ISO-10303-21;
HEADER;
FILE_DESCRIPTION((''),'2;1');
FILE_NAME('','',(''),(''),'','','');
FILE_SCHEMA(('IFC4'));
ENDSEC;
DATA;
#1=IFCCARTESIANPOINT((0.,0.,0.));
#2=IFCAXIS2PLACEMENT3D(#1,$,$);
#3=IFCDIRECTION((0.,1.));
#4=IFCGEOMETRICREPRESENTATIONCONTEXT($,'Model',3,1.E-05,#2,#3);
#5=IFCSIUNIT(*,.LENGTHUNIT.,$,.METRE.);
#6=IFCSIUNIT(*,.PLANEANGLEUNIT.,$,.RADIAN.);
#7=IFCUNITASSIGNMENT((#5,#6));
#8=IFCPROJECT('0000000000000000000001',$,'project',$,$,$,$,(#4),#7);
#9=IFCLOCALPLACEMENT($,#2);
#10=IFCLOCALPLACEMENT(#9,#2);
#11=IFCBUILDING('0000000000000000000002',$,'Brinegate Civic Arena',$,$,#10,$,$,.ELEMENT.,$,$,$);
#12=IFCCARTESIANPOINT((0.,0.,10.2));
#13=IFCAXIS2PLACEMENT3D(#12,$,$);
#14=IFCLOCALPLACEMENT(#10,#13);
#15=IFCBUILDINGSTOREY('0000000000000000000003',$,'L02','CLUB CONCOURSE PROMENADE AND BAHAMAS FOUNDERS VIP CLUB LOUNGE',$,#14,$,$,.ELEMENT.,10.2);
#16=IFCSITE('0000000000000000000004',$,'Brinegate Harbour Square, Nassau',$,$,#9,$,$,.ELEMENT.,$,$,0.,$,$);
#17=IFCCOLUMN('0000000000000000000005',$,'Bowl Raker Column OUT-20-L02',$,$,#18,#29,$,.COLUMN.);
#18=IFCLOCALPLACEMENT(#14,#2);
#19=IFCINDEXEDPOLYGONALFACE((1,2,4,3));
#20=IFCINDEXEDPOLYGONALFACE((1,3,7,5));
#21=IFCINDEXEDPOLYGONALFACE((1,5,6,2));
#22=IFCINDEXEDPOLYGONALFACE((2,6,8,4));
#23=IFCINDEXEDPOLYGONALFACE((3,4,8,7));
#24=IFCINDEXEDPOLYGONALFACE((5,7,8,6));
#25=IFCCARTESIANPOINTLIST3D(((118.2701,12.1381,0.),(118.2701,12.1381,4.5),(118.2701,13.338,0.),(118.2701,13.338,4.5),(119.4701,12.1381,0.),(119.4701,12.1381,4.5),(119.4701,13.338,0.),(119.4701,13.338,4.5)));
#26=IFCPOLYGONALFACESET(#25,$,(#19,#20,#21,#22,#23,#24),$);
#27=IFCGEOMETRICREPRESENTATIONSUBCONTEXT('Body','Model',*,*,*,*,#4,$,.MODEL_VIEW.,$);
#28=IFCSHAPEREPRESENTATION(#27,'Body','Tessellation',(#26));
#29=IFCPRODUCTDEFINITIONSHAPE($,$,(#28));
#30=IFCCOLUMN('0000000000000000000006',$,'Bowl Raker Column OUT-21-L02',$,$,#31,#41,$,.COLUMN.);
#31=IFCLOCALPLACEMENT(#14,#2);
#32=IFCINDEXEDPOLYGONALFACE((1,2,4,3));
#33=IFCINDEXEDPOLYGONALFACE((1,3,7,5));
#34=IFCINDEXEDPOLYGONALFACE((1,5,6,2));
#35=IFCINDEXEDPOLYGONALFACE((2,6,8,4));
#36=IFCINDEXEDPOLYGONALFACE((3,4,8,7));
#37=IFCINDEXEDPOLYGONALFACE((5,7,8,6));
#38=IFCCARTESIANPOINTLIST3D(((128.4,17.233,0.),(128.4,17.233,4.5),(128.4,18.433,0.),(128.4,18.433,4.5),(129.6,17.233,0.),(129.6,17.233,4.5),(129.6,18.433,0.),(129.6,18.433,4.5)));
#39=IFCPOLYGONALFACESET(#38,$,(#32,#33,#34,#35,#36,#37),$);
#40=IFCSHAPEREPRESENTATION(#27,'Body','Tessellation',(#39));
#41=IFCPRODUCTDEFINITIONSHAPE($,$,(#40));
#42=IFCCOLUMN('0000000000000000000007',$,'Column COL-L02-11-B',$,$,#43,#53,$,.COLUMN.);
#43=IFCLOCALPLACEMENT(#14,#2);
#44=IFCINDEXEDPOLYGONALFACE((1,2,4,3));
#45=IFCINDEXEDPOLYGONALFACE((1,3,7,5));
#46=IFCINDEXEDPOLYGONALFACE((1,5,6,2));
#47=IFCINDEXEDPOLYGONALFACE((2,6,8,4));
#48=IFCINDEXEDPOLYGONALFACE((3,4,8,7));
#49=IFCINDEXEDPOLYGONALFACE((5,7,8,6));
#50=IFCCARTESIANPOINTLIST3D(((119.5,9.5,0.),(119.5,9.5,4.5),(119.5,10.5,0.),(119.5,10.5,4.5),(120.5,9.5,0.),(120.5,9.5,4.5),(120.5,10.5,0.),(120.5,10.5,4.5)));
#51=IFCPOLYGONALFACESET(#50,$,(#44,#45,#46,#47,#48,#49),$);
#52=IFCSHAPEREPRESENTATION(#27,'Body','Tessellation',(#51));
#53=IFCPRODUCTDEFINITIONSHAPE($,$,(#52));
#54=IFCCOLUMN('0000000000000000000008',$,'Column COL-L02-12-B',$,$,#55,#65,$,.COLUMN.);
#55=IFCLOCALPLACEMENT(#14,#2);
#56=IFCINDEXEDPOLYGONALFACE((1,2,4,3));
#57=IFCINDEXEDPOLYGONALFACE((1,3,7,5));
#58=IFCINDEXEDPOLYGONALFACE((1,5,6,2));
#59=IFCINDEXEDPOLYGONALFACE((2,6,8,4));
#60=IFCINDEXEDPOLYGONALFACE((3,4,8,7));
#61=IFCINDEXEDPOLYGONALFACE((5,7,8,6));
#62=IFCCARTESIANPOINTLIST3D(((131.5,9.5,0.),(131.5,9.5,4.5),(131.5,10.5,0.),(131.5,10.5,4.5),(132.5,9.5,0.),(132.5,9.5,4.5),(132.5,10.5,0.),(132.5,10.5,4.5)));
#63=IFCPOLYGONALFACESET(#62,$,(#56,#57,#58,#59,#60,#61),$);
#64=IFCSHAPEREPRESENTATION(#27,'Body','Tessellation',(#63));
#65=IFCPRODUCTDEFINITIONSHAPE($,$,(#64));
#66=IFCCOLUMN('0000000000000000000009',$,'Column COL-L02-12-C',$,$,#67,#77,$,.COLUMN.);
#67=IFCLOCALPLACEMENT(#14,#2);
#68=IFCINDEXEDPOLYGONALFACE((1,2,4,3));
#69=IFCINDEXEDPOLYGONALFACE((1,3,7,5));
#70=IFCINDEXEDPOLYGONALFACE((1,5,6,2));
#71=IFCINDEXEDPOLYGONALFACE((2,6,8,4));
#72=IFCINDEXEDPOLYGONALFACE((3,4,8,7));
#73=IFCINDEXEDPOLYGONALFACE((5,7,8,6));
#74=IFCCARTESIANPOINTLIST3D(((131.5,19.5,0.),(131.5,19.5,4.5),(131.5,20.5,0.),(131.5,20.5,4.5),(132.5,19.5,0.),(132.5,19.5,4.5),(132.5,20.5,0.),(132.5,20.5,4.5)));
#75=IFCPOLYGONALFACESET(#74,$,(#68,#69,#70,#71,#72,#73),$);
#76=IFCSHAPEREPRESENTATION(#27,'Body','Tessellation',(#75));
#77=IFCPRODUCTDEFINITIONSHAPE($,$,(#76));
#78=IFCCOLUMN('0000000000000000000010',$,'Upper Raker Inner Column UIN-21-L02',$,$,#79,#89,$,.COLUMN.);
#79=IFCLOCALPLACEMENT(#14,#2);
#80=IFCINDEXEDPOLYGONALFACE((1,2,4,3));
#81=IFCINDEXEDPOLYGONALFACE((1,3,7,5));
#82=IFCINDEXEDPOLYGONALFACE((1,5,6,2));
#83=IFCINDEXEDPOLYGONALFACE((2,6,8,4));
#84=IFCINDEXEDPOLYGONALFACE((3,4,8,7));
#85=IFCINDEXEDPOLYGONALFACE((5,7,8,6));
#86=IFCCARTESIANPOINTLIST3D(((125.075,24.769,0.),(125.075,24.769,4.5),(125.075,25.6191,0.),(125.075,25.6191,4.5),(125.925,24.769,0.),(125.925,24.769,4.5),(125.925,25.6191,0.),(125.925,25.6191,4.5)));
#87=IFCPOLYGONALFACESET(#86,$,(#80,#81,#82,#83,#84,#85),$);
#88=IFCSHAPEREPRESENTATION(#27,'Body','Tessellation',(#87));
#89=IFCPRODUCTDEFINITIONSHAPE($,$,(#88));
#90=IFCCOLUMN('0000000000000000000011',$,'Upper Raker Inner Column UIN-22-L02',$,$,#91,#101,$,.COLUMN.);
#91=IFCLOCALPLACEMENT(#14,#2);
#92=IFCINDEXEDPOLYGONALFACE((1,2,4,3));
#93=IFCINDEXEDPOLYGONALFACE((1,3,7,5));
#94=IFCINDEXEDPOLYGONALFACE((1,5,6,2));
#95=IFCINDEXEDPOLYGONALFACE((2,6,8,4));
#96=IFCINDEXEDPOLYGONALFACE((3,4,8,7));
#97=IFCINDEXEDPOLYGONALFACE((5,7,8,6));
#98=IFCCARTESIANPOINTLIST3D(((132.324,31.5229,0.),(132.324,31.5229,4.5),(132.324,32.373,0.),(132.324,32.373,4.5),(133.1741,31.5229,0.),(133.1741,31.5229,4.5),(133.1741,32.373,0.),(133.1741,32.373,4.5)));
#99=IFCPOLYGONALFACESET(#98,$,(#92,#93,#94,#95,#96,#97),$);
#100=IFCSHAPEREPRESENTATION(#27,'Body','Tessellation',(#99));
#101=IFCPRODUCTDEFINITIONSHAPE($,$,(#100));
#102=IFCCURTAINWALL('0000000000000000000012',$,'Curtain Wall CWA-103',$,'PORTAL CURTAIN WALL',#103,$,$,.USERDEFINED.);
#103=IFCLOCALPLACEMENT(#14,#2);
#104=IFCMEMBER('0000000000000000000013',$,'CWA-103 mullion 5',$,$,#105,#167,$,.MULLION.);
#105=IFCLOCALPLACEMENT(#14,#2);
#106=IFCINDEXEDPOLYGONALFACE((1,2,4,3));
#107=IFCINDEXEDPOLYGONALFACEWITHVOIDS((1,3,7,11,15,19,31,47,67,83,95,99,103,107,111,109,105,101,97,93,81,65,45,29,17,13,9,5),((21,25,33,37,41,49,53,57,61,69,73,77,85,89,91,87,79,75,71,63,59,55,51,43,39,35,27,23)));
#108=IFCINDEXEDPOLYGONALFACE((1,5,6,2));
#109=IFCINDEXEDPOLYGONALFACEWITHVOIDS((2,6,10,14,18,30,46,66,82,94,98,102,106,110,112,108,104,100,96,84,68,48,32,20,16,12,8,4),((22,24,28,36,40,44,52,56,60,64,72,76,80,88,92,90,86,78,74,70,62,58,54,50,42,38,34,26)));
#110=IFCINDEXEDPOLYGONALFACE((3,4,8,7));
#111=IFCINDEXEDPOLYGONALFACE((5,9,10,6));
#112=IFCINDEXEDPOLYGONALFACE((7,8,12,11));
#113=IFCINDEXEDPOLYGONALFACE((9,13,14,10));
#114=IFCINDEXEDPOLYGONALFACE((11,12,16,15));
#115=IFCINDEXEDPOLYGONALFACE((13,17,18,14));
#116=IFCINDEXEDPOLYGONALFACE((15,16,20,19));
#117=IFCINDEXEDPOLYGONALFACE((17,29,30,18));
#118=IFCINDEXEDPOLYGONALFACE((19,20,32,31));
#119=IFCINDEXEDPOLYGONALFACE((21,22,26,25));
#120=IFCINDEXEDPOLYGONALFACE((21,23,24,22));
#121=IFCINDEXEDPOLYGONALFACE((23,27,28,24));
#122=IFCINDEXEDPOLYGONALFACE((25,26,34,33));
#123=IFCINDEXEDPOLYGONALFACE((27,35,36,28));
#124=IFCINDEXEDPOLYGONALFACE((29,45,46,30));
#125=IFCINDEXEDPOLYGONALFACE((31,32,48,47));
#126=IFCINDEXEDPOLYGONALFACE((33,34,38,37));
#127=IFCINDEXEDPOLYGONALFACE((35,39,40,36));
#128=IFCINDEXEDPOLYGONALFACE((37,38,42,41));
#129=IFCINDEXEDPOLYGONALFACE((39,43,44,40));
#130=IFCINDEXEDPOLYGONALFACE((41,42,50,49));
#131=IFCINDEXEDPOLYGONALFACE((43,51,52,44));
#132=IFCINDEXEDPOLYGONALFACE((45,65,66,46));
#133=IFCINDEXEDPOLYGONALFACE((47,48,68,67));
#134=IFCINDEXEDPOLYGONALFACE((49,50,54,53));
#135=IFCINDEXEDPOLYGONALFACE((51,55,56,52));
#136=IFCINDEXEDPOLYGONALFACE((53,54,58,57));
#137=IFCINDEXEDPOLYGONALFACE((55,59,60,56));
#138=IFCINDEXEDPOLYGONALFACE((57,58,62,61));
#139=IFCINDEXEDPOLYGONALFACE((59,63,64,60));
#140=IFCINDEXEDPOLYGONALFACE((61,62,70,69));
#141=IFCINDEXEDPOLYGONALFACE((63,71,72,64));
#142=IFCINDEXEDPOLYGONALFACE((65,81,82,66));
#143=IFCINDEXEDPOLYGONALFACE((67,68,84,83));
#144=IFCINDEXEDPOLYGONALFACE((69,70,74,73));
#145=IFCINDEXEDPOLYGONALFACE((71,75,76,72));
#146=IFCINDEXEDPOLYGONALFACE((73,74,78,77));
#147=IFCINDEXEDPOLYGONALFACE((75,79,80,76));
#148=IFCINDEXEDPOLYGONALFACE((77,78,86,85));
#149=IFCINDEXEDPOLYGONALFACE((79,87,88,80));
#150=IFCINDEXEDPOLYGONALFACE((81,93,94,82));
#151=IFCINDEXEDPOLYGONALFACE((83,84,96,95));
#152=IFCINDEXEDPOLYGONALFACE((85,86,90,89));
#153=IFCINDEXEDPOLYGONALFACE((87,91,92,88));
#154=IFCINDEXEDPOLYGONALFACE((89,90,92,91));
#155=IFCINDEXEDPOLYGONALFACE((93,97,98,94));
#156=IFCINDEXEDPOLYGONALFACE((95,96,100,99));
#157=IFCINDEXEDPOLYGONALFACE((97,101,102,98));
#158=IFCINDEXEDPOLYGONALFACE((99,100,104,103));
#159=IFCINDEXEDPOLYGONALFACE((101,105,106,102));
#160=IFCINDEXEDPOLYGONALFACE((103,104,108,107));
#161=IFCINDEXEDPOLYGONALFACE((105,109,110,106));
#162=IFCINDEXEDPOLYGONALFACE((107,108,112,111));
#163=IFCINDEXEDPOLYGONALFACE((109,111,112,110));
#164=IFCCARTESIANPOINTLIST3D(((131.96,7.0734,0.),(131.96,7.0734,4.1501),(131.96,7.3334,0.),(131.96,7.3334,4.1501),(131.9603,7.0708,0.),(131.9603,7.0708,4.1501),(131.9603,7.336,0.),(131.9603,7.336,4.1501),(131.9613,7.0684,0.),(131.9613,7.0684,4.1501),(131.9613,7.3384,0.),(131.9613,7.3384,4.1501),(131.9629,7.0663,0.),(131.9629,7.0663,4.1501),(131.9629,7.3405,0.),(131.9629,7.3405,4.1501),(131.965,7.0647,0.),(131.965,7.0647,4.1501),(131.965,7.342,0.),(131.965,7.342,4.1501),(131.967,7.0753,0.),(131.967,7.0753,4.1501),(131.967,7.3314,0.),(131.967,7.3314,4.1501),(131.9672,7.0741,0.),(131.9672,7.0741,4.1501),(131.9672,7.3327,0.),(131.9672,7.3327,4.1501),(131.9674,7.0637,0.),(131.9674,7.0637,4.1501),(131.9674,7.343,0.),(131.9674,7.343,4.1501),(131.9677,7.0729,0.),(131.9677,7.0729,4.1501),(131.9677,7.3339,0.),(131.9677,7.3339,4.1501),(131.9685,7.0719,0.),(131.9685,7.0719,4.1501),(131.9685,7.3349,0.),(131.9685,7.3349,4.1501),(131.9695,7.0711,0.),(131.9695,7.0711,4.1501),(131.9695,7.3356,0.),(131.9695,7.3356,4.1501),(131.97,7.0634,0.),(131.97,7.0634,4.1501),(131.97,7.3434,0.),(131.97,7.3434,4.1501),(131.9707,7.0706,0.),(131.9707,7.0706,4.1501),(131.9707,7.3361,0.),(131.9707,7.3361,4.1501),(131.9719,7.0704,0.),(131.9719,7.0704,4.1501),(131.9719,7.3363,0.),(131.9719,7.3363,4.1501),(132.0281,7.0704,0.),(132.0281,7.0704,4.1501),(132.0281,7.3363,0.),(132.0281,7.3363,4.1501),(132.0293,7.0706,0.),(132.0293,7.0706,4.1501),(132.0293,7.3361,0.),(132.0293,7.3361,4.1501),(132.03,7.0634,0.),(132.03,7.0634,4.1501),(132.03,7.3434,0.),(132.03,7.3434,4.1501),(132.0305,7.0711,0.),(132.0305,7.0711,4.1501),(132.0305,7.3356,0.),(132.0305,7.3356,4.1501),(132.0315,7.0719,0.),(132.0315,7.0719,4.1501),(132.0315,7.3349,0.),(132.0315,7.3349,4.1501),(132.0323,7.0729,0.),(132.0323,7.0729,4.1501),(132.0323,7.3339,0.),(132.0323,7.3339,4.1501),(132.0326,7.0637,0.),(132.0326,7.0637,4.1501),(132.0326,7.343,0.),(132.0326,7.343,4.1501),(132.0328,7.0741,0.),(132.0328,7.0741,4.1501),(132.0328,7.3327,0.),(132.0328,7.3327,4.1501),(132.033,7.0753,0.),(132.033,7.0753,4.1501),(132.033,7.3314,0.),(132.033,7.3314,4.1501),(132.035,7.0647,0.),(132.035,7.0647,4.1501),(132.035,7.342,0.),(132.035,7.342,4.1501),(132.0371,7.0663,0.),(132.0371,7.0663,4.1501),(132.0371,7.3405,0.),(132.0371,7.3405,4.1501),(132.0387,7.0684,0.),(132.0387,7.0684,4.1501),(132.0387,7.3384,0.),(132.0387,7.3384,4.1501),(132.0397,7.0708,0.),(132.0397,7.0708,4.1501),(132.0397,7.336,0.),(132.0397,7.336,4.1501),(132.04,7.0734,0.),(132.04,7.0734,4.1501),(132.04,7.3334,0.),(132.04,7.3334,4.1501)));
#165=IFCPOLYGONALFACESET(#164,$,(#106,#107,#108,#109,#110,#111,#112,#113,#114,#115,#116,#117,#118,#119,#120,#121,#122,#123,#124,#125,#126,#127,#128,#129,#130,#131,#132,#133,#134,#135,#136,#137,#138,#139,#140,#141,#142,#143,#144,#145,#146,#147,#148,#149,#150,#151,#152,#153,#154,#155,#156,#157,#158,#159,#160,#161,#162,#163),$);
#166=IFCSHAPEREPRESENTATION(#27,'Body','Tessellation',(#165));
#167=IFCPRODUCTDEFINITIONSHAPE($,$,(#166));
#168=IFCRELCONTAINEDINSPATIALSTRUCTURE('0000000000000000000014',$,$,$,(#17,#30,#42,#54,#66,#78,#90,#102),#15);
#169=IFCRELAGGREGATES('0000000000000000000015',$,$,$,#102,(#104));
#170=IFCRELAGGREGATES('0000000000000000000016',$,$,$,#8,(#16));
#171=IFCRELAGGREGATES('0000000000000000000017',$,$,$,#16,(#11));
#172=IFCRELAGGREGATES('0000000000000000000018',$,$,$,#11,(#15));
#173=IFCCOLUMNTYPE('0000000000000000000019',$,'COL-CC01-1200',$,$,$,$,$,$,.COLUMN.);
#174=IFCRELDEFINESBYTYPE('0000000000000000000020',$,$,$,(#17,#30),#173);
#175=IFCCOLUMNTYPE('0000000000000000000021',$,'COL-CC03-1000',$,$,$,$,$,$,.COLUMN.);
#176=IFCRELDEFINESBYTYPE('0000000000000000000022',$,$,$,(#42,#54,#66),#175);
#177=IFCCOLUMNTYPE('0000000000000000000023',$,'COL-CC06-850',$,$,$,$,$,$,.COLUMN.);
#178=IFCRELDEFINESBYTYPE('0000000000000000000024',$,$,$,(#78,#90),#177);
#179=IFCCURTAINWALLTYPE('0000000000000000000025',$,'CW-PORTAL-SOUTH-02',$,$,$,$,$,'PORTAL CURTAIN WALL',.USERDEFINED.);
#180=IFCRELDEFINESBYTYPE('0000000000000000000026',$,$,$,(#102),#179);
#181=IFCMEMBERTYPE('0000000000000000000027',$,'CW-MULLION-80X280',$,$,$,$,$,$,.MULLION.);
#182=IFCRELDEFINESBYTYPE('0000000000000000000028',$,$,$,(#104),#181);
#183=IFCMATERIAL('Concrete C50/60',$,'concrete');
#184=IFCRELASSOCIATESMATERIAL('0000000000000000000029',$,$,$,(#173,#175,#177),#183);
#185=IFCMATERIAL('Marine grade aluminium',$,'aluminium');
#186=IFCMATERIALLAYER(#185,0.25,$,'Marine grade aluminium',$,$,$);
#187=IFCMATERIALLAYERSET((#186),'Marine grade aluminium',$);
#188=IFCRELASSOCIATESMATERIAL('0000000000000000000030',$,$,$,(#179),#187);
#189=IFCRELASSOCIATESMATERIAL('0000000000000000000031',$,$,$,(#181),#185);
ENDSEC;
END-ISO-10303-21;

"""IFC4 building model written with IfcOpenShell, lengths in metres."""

from ifc_helpers import new_model, si_unit, direction, frame, origin, origin_2d, place, context, subcontext, project, spatial, rectangle, hollow_rectangle, extrude, material, layer, layer_set, material_profile, profile_set, type_object, element, aggregate, save


model = new_model("IFC4")

# Units and contexts
model_context = context("Model", 3, precision=1e-05, world=origin(), true_north=direction((0.0, 1.0)))
body_context = subcontext(model_context, "Body", "Model", "MODEL_VIEW")
ifc_project = project(units=[si_unit("LENGTHUNIT", "METRE"), si_unit("PLANEANGLEUNIT", "RADIAN")], contexts=[model_context])

# Site, building, storey
site_placement = place(None, origin())
site = spatial("IfcSite", under=ifc_project, at=site_placement, Name="Brinegate Harbour Square, Nassau", CompositionType="ELEMENT", RefElevation=0.0)
building_placement = place(site_placement, origin())
building = spatial("IfcBuilding", under=site, at=building_placement, Name="Brinegate Civic Arena", CompositionType="ELEMENT")
storey_placement = place(building_placement, frame((0.0, 0.0, 10.2)))
storey = spatial("IfcBuildingStorey", under=building, at=storey_placement, Name="L02", Description="CLUB CONCOURSE PROMENADE AND BAHAMAS FOUNDERS VIP CLUB LOUNGE", CompositionType="ELEMENT", Elevation=10.2)

# Columns
ifc_material_1 = material(Name="Concrete C50/60", Category="concrete")
ifc_material_profile_1 = material_profile(ifc_material_1, rectangle(XDim=1.2, YDim=1.2, at=origin_2d()), Name="RC1200X1200")
ifc_profile_set_1 = profile_set([ifc_material_profile_1], Name="Concrete C50/60")
column_type_1 = type_object("IfcColumnType", Name="COL-CC01-1200", PredefinedType="COLUMN", material=ifc_profile_set_1)
for number, where, z_axis, x_axis, name in (
    (1, (118.8701, 12.738, 0.0), (0.0, 0.0, 1.0), (1.0, 0.0, 0.0), "Bowl Raker Column OUT-20-L02"),
    (2, (129.0, 17.833, 0.0), (0.0, 0.0, 1.0), (1.0, 0.0, 0.0), "Bowl Raker Column OUT-21-L02"),
):
    element("IfcColumn", number, at=place(storey_placement, frame(where, z_axis=z_axis, x_axis=x_axis)), inside=storey, type_object=column_type_1, Name=name, PredefinedType="COLUMN", context=body_context, shape_type="SweptSolid", body=[
        extrude(rectangle(XDim=1.2, YDim=1.2, at=origin_2d()), origin(), (0.0, 0.0, 1.0), 4.5),
    ])
ifc_material_profile_2 = material_profile(ifc_material_1, rectangle(XDim=1.0, YDim=1.0, at=origin_2d()), Name="RC1000X1000")
ifc_profile_set_2 = profile_set([ifc_material_profile_2], Name="Concrete C50/60")
column_type_2 = type_object("IfcColumnType", Name="COL-CC03-1000", PredefinedType="COLUMN", material=ifc_profile_set_2)
for number, where, z_axis, x_axis, name in (
    (3, (120.0, 10.0, 0.0), (0.0, 0.0, 1.0), (1.0, 0.0, 0.0), "Column COL-L02-11-B"),
    (4, (132.0, 10.0, 0.0), (0.0, 0.0, 1.0), (1.0, 0.0, 0.0), "Column COL-L02-12-B"),
    (5, (132.0, 20.0, 0.0), (0.0, 0.0, 1.0), (1.0, 0.0, 0.0), "Column COL-L02-12-C"),
):
    element("IfcColumn", number, at=place(storey_placement, frame(where, z_axis=z_axis, x_axis=x_axis)), inside=storey, type_object=column_type_2, Name=name, PredefinedType="COLUMN", context=body_context, shape_type="SweptSolid", body=[
        extrude(rectangle(XDim=1.0, YDim=1.0, at=origin_2d()), origin(), (0.0, 0.0, 1.0), 4.5),
    ])
ifc_material_profile_3 = material_profile(ifc_material_1, rectangle(XDim=0.8501, YDim=0.8501, at=origin_2d()), Name="RC850X850")
ifc_profile_set_3 = profile_set([ifc_material_profile_3], Name="Concrete C50/60")
column_type_3 = type_object("IfcColumnType", Name="COL-CC06-850", PredefinedType="COLUMN", material=ifc_profile_set_3)
for number, where, z_axis, x_axis, name in (
    (6, (125.5, 25.1941, 0.0), (0.0, 0.0, 1.0), (1.0, 0.0, 0.0), "Upper Raker Inner Column UIN-21-L02"),
    (7, (132.749, 31.948, 0.0), (0.0, 0.0, 1.0), (1.0, 0.0, 0.0), "Upper Raker Inner Column UIN-22-L02"),
):
    element("IfcColumn", number, at=place(storey_placement, frame(where, z_axis=z_axis, x_axis=x_axis)), inside=storey, type_object=column_type_3, Name=name, PredefinedType="COLUMN", context=body_context, shape_type="SweptSolid", body=[
        extrude(rectangle(XDim=0.8501, YDim=0.8501, at=origin_2d()), origin(), (0.0, 0.0, 1.0), 4.5),
    ])

# Curtain wall, member
ifc_material_2 = material(Name="Marine grade aluminium", Category="aluminium")
ifc_layer_1 = layer(ifc_material_2, 0.25, Name="Marine grade aluminium")
ifc_layer_set_1 = layer_set([ifc_layer_1], Name="Marine grade aluminium")
curtain_wall_type = type_object("IfcCurtainWallType", Name="CW-PORTAL-SOUTH-02", ElementType="PORTAL CURTAIN WALL", PredefinedType="USERDEFINED", material=ifc_layer_set_1)
curtain_wall_placement = place(storey_placement, origin())
curtain_wall = element("IfcCurtainWall", 8, at=curtain_wall_placement, inside=storey, type_object=curtain_wall_type, Name="Curtain Wall CWA-103", ObjectType="PORTAL CURTAIN WALL", PredefinedType="USERDEFINED")
ifc_material_profile_4 = material_profile(ifc_material_2, hollow_rectangle(XDim=0.0801, YDim=0.28, WallThickness=0.0071, InnerFilletRadius=0.0049, OuterFilletRadius=0.01, at=origin_2d()), Name="MUL80X280")
ifc_profile_set_4 = profile_set([ifc_material_profile_4], Name="Marine grade aluminium")
member_type_1 = type_object("IfcMemberType", Name="CW-MULLION-80X280", PredefinedType="MULLION", material=ifc_profile_set_4)
member_1_placement = place(storey_placement, frame((132.0, 7.2034, 0.0), z_axis=(0.0, 0.0, 1.0), x_axis=(-1.0, 0.0, 0.0)))
member_1 = element("IfcMember", 9, at=member_1_placement, type_object=member_type_1, Name="CWA-103 mullion 5", PredefinedType="MULLION", context=body_context, shape_type="SweptSolid", body=[
    extrude(hollow_rectangle(XDim=0.0801, YDim=0.28, WallThickness=0.0071, InnerFilletRadius=0.0049, OuterFilletRadius=0.01, at=origin_2d()), origin(), (0.0, 0.0, 1.0), 4.1501),
])

aggregate(curtain_wall, [member_1])

save(model, "model.ifc")
